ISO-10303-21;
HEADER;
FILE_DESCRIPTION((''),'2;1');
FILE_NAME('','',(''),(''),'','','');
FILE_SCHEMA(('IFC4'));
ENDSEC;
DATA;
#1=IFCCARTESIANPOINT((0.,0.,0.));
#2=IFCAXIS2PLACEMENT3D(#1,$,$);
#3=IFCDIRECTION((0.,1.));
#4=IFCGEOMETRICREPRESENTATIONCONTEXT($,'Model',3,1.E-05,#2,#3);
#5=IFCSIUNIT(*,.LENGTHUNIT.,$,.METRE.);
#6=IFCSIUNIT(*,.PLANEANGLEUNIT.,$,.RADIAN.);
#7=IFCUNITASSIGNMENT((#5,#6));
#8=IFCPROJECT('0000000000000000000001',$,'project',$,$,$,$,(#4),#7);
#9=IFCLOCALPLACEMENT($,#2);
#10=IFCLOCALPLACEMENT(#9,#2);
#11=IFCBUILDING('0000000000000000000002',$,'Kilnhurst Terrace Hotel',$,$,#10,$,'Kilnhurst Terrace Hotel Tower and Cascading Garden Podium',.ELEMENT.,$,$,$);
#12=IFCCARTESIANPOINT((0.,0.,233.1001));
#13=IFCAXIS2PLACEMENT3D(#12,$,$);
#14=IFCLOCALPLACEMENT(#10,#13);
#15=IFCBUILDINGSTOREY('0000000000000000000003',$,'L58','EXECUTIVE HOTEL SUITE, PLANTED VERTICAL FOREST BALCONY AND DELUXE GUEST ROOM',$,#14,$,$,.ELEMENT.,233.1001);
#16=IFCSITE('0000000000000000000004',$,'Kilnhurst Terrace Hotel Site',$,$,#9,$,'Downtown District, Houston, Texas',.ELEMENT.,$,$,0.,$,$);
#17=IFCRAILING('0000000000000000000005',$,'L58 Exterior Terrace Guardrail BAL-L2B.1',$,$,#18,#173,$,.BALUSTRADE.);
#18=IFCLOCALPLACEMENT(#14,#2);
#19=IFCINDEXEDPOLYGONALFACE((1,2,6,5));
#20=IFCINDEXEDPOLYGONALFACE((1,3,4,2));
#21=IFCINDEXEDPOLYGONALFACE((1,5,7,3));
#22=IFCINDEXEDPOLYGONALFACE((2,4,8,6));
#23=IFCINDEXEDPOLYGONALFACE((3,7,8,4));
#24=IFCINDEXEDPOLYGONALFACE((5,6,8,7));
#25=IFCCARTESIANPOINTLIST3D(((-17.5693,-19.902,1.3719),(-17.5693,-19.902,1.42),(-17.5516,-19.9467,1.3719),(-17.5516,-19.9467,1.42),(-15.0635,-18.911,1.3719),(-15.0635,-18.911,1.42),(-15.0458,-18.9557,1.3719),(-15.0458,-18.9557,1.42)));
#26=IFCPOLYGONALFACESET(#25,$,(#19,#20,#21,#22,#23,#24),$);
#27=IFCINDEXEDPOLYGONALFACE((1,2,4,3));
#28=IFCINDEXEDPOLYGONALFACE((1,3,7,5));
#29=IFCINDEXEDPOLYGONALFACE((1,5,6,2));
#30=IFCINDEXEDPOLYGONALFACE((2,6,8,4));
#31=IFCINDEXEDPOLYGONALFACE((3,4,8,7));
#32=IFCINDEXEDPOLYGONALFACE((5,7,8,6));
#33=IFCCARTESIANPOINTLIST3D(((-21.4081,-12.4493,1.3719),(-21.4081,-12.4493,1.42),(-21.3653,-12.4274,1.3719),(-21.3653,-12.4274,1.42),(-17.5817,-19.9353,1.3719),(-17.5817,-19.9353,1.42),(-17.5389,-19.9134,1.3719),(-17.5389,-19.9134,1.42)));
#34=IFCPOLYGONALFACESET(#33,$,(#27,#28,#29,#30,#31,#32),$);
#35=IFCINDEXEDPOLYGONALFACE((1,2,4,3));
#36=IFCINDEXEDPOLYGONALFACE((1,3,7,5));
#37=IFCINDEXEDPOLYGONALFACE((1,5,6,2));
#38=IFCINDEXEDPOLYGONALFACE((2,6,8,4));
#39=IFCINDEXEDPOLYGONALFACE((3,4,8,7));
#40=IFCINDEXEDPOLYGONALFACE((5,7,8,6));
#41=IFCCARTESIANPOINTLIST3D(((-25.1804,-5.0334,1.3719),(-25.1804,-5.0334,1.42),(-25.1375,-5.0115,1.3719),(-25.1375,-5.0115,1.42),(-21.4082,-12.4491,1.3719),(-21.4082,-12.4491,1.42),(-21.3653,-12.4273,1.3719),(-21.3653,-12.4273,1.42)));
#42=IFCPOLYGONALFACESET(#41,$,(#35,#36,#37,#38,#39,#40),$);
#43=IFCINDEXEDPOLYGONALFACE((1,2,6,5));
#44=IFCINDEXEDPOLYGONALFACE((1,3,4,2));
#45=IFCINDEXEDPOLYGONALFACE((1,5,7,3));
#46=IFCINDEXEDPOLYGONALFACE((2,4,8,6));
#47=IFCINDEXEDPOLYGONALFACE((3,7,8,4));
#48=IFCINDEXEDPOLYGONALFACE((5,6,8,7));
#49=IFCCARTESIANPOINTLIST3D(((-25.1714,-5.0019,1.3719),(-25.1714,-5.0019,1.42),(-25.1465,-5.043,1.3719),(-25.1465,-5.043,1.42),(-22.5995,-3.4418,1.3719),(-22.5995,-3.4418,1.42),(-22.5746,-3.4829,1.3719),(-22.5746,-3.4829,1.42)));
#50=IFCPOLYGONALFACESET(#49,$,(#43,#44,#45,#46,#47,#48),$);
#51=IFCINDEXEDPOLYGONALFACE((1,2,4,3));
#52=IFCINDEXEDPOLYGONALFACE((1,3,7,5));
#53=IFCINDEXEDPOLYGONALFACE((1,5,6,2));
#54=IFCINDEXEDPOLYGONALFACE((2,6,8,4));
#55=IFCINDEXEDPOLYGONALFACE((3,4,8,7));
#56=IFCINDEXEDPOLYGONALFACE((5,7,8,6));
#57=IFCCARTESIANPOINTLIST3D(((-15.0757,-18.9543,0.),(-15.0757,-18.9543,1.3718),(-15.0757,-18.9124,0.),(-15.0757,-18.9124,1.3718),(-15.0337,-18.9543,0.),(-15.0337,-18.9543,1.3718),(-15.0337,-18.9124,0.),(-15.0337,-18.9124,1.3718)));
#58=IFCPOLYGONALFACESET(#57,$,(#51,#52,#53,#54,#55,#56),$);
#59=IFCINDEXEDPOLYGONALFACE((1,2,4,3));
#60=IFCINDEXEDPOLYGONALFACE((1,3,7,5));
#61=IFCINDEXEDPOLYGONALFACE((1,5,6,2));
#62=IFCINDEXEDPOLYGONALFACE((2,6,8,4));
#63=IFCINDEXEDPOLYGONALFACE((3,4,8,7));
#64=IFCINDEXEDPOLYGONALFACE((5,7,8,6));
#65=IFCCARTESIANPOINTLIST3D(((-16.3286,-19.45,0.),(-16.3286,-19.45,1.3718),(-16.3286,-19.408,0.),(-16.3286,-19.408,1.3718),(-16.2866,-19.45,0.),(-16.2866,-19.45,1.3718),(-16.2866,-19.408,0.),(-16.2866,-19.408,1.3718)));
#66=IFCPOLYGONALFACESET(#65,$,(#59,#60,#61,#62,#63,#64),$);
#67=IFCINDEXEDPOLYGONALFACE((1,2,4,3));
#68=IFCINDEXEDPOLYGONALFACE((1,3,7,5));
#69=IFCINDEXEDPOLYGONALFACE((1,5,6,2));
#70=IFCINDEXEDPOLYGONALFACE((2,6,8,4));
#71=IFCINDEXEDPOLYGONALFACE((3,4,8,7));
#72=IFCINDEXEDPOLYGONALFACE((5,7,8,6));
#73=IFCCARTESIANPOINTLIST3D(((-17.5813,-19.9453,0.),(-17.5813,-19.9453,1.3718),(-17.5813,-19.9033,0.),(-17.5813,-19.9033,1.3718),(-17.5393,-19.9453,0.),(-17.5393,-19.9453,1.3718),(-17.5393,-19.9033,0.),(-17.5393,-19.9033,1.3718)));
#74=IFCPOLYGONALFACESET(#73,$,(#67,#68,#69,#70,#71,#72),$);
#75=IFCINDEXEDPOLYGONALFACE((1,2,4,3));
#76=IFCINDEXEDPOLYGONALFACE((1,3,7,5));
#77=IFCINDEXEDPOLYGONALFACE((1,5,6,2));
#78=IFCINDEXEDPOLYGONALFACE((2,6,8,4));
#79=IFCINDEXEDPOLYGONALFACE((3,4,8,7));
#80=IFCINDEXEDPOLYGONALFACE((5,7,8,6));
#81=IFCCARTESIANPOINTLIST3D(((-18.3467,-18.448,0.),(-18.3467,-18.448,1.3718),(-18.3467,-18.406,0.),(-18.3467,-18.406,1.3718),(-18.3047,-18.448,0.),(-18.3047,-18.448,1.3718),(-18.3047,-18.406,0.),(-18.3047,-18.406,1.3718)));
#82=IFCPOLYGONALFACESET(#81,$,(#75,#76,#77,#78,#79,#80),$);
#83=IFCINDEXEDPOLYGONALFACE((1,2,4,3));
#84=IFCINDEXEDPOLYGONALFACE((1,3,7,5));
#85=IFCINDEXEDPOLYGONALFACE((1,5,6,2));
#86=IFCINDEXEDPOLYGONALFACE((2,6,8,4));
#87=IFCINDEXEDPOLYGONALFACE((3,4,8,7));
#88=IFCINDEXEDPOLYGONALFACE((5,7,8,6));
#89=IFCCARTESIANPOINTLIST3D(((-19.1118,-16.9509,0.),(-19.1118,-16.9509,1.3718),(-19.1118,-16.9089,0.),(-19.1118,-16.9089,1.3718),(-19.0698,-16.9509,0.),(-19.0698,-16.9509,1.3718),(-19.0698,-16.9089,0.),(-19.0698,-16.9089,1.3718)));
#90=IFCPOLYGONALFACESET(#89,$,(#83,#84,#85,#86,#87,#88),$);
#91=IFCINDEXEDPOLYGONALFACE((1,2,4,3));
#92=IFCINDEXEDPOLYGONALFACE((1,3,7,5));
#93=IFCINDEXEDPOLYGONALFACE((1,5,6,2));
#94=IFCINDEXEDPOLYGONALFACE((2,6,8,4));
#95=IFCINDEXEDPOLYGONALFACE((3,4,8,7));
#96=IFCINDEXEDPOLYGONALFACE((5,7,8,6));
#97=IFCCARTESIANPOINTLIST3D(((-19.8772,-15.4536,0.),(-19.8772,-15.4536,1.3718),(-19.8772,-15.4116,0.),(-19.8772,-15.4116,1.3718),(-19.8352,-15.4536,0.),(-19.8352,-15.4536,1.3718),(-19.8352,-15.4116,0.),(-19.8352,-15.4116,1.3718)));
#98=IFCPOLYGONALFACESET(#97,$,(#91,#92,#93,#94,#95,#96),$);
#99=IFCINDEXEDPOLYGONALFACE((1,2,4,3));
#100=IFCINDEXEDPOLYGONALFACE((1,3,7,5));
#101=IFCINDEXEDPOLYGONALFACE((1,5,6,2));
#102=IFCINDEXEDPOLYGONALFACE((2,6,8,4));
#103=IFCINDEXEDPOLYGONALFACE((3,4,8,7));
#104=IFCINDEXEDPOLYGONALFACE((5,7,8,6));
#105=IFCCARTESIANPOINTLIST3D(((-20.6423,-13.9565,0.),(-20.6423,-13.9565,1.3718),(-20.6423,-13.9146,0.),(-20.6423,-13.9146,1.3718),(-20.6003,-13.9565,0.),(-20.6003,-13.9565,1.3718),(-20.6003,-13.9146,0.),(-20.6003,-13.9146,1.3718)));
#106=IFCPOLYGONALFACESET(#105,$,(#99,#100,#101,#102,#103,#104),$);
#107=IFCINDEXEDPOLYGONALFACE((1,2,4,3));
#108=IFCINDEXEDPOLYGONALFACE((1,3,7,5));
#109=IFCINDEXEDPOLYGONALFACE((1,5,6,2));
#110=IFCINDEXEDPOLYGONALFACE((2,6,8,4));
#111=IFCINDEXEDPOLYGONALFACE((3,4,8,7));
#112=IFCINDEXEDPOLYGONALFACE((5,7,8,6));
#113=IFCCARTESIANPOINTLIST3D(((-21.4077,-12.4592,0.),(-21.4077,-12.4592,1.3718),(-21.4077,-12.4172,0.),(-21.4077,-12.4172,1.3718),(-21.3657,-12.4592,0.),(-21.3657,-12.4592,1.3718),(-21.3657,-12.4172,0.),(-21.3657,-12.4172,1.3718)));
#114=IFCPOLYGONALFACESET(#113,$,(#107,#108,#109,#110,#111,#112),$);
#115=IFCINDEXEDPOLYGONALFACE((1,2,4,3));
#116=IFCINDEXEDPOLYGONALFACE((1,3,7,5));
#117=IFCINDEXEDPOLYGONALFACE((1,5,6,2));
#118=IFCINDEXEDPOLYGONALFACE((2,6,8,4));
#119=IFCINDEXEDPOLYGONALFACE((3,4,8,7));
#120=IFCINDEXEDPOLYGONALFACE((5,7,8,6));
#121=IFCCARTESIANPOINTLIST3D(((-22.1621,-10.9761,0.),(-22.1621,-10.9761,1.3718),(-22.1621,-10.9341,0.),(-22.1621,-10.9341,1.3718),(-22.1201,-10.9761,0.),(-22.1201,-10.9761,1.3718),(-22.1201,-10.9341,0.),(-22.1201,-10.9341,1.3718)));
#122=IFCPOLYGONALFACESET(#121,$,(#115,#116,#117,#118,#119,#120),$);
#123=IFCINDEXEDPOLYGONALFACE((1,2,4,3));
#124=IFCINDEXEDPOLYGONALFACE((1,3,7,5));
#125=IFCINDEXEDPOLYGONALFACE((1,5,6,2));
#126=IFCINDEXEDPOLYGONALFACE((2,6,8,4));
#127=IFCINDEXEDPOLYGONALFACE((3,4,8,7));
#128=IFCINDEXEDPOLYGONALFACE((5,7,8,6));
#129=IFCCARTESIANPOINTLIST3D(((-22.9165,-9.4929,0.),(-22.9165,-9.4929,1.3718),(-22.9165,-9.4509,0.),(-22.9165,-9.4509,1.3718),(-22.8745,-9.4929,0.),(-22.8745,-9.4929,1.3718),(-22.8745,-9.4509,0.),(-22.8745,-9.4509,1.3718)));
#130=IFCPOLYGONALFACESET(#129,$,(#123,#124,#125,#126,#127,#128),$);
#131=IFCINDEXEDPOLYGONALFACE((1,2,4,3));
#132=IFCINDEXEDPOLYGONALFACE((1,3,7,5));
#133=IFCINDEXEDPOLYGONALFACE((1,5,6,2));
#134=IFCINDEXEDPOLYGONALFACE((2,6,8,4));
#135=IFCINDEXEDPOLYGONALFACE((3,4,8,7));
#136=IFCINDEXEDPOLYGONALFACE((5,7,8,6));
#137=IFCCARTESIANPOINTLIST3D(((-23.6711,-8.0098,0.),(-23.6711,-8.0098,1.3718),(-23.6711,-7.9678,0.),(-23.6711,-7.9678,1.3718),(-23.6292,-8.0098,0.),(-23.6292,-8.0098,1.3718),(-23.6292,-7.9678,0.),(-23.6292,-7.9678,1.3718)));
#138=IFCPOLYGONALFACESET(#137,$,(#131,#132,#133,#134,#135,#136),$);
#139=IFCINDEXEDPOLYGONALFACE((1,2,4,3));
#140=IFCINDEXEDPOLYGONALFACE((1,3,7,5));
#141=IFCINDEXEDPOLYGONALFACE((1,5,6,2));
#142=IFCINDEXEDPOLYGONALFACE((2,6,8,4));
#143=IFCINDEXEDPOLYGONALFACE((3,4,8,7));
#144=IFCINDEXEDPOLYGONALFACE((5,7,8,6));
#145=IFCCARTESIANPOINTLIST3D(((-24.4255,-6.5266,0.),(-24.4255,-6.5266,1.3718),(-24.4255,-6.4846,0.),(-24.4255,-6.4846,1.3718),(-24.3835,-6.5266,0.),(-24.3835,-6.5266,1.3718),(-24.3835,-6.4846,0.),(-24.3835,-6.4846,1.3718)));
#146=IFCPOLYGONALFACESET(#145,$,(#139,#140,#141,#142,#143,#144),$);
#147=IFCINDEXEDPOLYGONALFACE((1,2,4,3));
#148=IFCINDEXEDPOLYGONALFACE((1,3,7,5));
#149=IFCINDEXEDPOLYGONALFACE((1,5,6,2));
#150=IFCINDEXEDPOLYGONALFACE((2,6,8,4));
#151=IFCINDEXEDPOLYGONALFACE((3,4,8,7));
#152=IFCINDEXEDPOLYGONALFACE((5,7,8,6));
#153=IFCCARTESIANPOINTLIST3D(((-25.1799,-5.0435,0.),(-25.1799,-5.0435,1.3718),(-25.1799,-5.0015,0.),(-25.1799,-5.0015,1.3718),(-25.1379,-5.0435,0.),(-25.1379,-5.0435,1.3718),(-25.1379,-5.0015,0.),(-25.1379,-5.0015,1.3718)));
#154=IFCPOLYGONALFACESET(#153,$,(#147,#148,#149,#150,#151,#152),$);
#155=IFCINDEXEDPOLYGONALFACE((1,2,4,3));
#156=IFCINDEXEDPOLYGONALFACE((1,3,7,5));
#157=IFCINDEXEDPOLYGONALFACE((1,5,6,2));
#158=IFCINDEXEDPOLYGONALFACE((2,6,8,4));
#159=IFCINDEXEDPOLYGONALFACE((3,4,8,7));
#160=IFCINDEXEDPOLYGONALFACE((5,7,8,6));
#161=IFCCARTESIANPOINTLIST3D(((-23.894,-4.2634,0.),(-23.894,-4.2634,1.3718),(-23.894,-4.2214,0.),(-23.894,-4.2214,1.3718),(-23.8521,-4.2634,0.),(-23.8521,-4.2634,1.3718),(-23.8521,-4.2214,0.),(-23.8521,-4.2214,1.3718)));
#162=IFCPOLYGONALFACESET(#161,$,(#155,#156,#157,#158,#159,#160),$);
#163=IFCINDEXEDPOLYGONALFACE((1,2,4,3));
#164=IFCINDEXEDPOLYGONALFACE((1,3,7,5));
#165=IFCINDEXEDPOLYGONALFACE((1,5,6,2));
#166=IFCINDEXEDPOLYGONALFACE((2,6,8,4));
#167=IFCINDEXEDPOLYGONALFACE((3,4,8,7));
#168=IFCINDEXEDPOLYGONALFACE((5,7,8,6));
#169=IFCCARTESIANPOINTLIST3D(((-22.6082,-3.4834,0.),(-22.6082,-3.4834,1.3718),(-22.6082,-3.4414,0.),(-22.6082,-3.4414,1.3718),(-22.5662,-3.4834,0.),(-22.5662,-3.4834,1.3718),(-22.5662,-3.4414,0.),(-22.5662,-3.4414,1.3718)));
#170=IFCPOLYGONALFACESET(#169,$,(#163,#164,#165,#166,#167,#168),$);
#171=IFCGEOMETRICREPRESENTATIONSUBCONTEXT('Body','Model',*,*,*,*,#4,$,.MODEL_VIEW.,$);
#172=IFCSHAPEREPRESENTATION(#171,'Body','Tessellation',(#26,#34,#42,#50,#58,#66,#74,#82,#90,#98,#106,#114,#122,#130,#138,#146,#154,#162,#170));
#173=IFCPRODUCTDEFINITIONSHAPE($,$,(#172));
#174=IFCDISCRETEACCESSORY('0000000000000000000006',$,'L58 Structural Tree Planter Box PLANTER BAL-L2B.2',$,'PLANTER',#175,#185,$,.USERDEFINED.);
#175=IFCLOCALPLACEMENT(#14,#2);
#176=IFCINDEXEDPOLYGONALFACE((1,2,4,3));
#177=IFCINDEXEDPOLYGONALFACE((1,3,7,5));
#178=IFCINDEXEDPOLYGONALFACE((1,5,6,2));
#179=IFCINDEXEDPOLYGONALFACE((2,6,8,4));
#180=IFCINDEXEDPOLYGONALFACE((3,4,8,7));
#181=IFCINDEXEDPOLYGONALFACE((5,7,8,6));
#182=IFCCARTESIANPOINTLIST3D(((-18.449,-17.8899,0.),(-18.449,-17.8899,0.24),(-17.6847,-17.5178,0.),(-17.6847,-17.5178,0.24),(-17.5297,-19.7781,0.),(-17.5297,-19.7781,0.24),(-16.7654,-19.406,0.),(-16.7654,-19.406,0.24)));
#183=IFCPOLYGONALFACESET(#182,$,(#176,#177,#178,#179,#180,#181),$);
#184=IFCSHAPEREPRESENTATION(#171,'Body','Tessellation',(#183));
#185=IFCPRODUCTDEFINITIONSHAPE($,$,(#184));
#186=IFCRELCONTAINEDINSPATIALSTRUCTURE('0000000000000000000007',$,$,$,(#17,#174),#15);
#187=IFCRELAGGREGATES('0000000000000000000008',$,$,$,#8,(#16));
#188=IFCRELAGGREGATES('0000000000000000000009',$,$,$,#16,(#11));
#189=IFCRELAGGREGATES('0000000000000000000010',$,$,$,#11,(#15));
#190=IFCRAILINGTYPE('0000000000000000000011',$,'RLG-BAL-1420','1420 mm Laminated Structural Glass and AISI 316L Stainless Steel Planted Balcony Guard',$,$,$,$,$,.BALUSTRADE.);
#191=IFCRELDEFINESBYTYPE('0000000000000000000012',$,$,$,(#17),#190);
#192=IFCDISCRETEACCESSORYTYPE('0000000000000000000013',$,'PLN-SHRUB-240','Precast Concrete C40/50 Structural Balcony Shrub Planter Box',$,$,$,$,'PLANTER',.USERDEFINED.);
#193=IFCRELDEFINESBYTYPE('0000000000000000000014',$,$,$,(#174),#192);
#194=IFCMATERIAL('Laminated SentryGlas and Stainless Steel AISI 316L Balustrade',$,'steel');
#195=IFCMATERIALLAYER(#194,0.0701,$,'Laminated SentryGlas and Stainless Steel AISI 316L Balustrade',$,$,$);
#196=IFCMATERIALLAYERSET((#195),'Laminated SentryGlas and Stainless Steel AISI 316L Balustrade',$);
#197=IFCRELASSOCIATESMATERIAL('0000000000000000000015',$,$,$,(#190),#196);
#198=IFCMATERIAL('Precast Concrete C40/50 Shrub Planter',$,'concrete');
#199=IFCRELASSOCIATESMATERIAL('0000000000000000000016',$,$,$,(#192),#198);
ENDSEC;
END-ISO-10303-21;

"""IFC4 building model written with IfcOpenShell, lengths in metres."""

from ifc_helpers import new_model, si_unit, direction, frame, origin, origin_2d, place, context, subcontext, project, spatial, rectangle, extrude, material, layer, layer_set, type_object, element, save


model = new_model("IFC4")

# Units and contexts
model_context = context("Model", 3, precision=1e-05, world=origin(), true_north=direction((0.0, 1.0)))
body_context = subcontext(model_context, "Body", "Model", "MODEL_VIEW")
ifc_project = project(units=[si_unit("LENGTHUNIT", "METRE"), si_unit("PLANEANGLEUNIT", "RADIAN")], contexts=[model_context])

# Site, building, storey
site_placement = place(None, origin())
site = spatial("IfcSite", under=ifc_project, at=site_placement, Name="Kilnhurst Terrace Hotel Site", LongName="Downtown District, Houston, Texas", CompositionType="ELEMENT", RefElevation=0.0)
building_placement = place(site_placement, origin())
building = spatial("IfcBuilding", under=site, at=building_placement, Name="Kilnhurst Terrace Hotel", LongName="Kilnhurst Terrace Hotel Tower and Cascading Garden Podium", CompositionType="ELEMENT")
storey_placement = place(building_placement, frame((0.0, 0.0, 233.1001)))
storey = spatial("IfcBuildingStorey", under=building, at=storey_placement, Name="L58", Description="EXECUTIVE HOTEL SUITE, PLANTED VERTICAL FOREST BALCONY AND DELUXE GUEST ROOM", CompositionType="ELEMENT", Elevation=233.1001)

# Railing
ifc_material_1 = material(Name="Laminated SentryGlas and Stainless Steel AISI 316L Balustrade", Category="steel")
ifc_layer_1 = layer(ifc_material_1, 0.0701, Name="Laminated SentryGlas and Stainless Steel AISI 316L Balustrade")
ifc_layer_set_1 = layer_set([ifc_layer_1], Name="Laminated SentryGlas and Stainless Steel AISI 316L Balustrade")
railing_type = type_object("IfcRailingType", Name="RLG-BAL-1420", Description="1420 mm Laminated Structural Glass and AISI 316L Stainless Steel Planted Balcony Guard", PredefinedType="BALUSTRADE", material=ifc_layer_set_1)
railing_placement = place(storey_placement, frame((-15.0547, -18.9333, 0.0)))
element("IfcRailing", 1, at=railing_placement, inside=storey, type_object=railing_type, Name="L58 Exterior Terrace Guardrail BAL-L2B.1", PredefinedType="BALUSTRADE", context=body_context, shape_type="SweptSolid", body=[
    extrude(rectangle(XDim=0.0481, YDim=0.0481, at=origin_2d()), frame((0.0, 0.0, 1.396), z_axis=(-0.929913, -0.367779, 0.0), x_axis=(0.367779, -0.929913, 0.0)), (0.0, 0.0, 1.0), 2.6946),
    extrude(rectangle(XDim=0.0481, YDim=0.0481, at=origin_2d()), frame((-2.5056, -0.991, 1.396), z_axis=(-0.455129, 0.890425, 0.0), x_axis=(-0.890425, -0.455129, 0.0)), (0.0, 0.0, 1.0), 8.4072),
    extrude(rectangle(XDim=0.0481, YDim=0.0481, at=origin_2d()), frame((-6.332, 6.4951, 1.396), z_axis=(-0.453389, 0.891313, 0.0), x_axis=(-0.891313, -0.453389, 0.0)), (0.0, 0.0, 1.0), 8.3201),
    extrude(rectangle(XDim=0.0481, YDim=0.0481, at=origin_2d()), frame((-10.1042, 13.9109, 1.396), z_axis=(0.854991, 0.518643, 0.0), x_axis=(-0.518643, 0.854991, 0.0)), (0.0, 0.0, 1.0), 3.0081),
    extrude(rectangle(XDim=0.042, YDim=0.042, at=origin_2d()), origin(), (0.0, 0.0, 1.0), 1.3718),
    extrude(rectangle(XDim=0.042, YDim=0.042, at=origin_2d()), frame((-1.2529, -0.4956, 0.0)), (0.0, 0.0, 1.0), 1.3718),
    extrude(rectangle(XDim=0.042, YDim=0.042, at=origin_2d()), frame((-2.5056, -0.991, 0.0)), (0.0, 0.0, 1.0), 1.3718),
    extrude(rectangle(XDim=0.042, YDim=0.042, at=origin_2d()), frame((-3.271, 0.5063, 0.0)), (0.0, 0.0, 1.0), 1.3718),
    extrude(rectangle(XDim=0.042, YDim=0.042, at=origin_2d()), frame((-4.0361, 2.0034, 0.0)), (0.0, 0.0, 1.0), 1.3718),
    extrude(rectangle(XDim=0.042, YDim=0.042, at=origin_2d()), frame((-4.8015, 3.5007, 0.0)), (0.0, 0.0, 1.0), 1.3718),
    extrude(rectangle(XDim=0.042, YDim=0.042, at=origin_2d()), frame((-5.5667, 4.9978, 0.0)), (0.0, 0.0, 1.0), 1.3718),
    extrude(rectangle(XDim=0.042, YDim=0.042, at=origin_2d()), frame((-6.332, 6.4951, 0.0)), (0.0, 0.0, 1.0), 1.3718),
    extrude(rectangle(XDim=0.042, YDim=0.042, at=origin_2d()), frame((-7.0864, 7.9783, 0.0)), (0.0, 0.0, 1.0), 1.3718),
    extrude(rectangle(XDim=0.042, YDim=0.042, at=origin_2d()), frame((-7.8408, 9.4614, 0.0)), (0.0, 0.0, 1.0), 1.3718),
    extrude(rectangle(XDim=0.042, YDim=0.042, at=origin_2d()), frame((-8.5955, 10.9446, 0.0)), (0.0, 0.0, 1.0), 1.3718),
    extrude(rectangle(XDim=0.042, YDim=0.042, at=origin_2d()), frame((-9.3499, 12.4277, 0.0)), (0.0, 0.0, 1.0), 1.3718),
    extrude(rectangle(XDim=0.042, YDim=0.042, at=origin_2d()), frame((-10.1042, 13.9109, 0.0)), (0.0, 0.0, 1.0), 1.3718),
    extrude(rectangle(XDim=0.042, YDim=0.042, at=origin_2d()), frame((-8.8184, 14.6909, 0.0)), (0.0, 0.0, 1.0), 1.3718),
    extrude(rectangle(XDim=0.042, YDim=0.042, at=origin_2d()), frame((-7.5325, 15.4709, 0.0)), (0.0, 0.0, 1.0), 1.3718),
])

# Discrete accessory
ifc_material_2 = material(Name="Precast Concrete C40/50 Shrub Planter", Category="concrete")
discrete_accessory_type = type_object("IfcDiscreteAccessoryType", Name="PLN-SHRUB-240", Description="Precast Concrete C40/50 Structural Balcony Shrub Planter Box", ElementType="PLANTER", PredefinedType="USERDEFINED", material=ifc_material_2)
discrete_accessory_placement = place(storey_placement, frame((-17.6072, -18.6479, 0.0), z_axis=(0.0, 0.0, 1.0), x_axis=(0.437744, -0.8991, 0.0)))
element("IfcDiscreteAccessory", 2, at=discrete_accessory_placement, inside=storey, type_object=discrete_accessory_type, Name="L58 Structural Tree Planter Box PLANTER BAL-L2B.2", ObjectType="PLANTER", PredefinedType="USERDEFINED", context=body_context, shape_type="SweptSolid", body=[
    extrude(rectangle(XDim=2.1001, YDim=0.8501, at=origin_2d()), origin(), (0.0, 0.0, 1.0), 0.24),
])

save(model, "model.ifc")
